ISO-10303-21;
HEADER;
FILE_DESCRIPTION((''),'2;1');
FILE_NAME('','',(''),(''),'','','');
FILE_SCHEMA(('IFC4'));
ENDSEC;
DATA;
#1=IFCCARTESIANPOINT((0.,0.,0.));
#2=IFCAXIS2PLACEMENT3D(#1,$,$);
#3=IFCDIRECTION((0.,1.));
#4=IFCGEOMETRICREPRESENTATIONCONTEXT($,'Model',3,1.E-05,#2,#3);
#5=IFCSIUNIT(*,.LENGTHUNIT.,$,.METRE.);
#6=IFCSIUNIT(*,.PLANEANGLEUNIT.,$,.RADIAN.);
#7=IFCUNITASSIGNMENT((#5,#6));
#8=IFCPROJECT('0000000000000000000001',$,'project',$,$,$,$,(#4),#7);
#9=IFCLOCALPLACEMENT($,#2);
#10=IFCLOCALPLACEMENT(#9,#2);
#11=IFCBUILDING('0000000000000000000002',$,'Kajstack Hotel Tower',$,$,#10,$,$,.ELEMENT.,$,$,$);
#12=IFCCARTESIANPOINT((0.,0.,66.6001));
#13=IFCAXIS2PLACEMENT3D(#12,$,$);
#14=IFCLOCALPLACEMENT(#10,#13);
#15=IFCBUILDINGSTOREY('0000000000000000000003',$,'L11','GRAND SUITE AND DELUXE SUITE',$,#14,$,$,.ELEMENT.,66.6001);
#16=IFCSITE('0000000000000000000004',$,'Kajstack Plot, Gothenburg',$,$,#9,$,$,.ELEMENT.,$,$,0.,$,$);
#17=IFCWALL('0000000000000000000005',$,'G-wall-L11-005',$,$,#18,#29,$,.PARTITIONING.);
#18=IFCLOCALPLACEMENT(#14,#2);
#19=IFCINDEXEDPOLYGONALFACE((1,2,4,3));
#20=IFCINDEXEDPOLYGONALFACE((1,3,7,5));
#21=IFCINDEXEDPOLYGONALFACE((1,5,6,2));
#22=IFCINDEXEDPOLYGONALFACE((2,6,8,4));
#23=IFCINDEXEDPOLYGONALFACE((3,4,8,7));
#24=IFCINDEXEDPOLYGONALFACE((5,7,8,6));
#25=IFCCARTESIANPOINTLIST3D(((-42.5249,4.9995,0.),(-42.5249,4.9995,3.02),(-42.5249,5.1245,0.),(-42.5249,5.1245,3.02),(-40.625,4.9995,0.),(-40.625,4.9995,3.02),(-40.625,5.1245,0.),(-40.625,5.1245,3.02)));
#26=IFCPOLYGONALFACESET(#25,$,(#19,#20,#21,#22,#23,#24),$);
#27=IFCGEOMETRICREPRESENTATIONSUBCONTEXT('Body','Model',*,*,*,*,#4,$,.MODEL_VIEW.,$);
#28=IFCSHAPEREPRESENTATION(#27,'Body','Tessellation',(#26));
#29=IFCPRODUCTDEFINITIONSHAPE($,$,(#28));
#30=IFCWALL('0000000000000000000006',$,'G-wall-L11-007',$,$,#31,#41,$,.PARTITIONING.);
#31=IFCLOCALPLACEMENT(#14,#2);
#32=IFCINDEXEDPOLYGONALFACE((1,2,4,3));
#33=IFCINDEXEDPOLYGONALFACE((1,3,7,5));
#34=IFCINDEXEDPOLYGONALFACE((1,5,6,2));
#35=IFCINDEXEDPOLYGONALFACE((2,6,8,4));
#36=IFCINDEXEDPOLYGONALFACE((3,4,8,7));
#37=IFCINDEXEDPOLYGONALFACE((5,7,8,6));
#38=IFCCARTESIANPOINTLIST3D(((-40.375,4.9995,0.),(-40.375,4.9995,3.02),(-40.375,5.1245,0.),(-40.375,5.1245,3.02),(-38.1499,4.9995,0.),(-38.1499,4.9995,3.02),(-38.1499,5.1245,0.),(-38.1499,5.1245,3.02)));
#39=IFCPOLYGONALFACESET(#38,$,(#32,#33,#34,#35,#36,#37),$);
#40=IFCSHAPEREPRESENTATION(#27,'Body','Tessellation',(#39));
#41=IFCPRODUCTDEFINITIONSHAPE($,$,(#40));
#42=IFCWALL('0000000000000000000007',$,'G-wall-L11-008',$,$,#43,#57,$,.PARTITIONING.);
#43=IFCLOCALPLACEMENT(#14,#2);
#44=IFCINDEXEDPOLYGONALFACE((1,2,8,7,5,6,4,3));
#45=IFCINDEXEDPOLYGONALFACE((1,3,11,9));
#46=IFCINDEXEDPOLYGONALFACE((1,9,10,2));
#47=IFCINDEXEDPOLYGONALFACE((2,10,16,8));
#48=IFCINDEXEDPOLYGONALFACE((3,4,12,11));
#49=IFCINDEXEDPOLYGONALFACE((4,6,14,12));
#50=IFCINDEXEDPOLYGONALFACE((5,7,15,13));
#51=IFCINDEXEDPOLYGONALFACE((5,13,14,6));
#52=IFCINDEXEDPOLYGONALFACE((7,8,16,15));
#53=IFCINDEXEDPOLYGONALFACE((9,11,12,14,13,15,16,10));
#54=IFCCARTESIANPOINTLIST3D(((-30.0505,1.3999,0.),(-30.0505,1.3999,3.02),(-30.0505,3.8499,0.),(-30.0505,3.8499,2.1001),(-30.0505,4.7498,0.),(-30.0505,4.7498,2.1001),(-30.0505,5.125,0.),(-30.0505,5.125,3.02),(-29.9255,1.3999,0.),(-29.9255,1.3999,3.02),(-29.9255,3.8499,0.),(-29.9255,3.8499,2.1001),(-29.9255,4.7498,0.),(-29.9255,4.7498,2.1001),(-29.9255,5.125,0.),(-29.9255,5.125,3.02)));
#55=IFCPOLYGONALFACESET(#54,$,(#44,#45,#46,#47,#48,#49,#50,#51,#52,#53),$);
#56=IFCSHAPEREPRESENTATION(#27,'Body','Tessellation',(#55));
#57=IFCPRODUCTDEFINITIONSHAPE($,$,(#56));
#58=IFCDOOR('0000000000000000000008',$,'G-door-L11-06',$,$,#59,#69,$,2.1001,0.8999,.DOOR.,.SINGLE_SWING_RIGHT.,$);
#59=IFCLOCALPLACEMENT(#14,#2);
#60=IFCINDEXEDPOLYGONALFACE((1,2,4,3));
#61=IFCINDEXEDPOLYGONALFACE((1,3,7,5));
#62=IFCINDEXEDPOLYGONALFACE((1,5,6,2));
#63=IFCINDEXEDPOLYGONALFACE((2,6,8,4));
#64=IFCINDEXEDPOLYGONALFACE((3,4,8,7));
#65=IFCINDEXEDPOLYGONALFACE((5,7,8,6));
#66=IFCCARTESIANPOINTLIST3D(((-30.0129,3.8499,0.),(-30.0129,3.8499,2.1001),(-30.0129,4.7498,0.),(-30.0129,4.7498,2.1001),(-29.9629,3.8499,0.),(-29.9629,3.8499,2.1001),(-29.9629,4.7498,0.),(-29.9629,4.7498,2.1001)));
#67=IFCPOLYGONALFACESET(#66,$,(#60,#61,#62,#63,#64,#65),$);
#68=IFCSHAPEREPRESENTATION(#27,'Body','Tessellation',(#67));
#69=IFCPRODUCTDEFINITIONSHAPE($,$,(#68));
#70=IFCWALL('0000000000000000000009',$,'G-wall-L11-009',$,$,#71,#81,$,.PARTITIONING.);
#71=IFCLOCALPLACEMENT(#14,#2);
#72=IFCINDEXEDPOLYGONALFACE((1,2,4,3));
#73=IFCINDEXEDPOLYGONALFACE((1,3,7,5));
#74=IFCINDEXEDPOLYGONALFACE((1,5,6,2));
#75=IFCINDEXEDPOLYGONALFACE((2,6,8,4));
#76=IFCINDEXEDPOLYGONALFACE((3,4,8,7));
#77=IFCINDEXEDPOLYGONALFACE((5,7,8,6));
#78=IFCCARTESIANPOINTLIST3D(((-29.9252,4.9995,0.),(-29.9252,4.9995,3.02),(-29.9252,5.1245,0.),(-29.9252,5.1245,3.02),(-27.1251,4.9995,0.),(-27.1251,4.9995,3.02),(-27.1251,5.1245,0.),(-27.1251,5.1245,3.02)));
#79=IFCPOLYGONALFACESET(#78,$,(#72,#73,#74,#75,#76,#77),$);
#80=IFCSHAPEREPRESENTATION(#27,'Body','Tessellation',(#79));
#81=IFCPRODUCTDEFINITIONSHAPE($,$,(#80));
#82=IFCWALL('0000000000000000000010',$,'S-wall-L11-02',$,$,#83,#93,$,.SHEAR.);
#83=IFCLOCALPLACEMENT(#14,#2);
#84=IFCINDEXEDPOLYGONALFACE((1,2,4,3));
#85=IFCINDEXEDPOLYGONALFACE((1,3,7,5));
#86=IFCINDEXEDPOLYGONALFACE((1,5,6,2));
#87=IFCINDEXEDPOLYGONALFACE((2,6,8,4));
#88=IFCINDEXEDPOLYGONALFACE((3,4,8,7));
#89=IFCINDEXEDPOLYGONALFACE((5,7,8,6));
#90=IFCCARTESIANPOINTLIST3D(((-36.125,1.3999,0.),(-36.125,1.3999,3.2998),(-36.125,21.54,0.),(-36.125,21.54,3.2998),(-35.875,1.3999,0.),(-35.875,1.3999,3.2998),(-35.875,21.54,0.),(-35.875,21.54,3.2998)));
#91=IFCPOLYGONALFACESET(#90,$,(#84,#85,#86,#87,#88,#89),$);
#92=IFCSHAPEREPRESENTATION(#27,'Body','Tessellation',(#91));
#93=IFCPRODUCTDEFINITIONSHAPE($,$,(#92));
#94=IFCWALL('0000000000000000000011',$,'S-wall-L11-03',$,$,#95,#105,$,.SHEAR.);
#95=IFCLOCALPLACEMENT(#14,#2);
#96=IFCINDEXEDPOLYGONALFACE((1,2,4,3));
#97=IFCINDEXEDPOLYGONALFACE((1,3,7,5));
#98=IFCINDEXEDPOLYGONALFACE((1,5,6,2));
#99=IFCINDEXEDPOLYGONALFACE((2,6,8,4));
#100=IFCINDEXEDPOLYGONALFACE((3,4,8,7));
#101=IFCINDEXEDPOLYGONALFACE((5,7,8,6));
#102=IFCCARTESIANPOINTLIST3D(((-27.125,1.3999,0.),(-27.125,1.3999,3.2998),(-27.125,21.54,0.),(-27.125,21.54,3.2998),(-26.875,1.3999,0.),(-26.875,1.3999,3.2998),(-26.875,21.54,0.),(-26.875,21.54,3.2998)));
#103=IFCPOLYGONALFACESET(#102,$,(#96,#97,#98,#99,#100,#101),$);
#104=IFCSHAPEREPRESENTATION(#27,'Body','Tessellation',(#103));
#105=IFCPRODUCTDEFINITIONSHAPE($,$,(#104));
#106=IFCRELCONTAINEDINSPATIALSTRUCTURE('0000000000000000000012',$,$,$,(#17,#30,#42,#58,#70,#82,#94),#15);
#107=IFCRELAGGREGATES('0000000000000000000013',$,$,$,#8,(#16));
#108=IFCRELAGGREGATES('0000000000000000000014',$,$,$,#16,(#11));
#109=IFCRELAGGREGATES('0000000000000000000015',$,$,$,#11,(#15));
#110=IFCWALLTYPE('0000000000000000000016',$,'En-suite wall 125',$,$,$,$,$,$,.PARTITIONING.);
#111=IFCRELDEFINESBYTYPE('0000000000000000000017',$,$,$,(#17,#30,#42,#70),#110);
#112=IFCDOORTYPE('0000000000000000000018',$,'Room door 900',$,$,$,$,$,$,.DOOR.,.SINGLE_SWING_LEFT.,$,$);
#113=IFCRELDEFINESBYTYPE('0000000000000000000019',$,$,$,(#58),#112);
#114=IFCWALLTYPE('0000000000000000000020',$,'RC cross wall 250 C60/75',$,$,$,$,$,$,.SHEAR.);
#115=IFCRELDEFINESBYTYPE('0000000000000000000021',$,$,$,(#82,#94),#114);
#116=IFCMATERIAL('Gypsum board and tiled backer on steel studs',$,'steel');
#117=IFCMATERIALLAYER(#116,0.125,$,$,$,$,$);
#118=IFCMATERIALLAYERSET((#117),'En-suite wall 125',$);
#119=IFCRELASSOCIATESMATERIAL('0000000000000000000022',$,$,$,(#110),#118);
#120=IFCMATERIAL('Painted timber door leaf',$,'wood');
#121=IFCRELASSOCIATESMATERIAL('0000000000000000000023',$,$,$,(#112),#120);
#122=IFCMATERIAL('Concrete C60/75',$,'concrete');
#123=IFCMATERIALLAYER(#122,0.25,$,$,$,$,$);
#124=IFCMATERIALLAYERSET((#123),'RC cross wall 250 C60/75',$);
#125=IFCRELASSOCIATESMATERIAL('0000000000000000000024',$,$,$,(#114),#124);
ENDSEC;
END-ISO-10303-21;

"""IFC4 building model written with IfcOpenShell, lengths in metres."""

from ifc_helpers import new_model, si_unit, direction, frame, frame_2d, origin, place, context, subcontext, project, spatial, rectangle, extrude, material, layer, layer_set, type_object, element, fill, save


model = new_model("IFC4")

# Units and contexts
model_context = context("Model", 3, precision=1e-05, world=origin(), true_north=direction((0.0, 1.0)))
body_context = subcontext(model_context, "Body", "Model", "MODEL_VIEW")
ifc_project = project(units=[si_unit("LENGTHUNIT", "METRE"), si_unit("PLANEANGLEUNIT", "RADIAN")], contexts=[model_context])

# Site, building, storey
site_placement = place(None, origin())
site = spatial("IfcSite", under=ifc_project, at=site_placement, Name="Kajstack Plot, Gothenburg", CompositionType="ELEMENT", RefElevation=0.0)
building_placement = place(site_placement, origin())
building = spatial("IfcBuilding", under=site, at=building_placement, Name="Kajstack Hotel Tower", CompositionType="ELEMENT")
storey_placement = place(building_placement, frame((0.0, 0.0, 66.6001)))
storey = spatial("IfcBuildingStorey", under=building, at=storey_placement, Name="L11", Description="GRAND SUITE AND DELUXE SUITE", CompositionType="ELEMENT", Elevation=66.6001)

# Walls
ifc_material_1 = material(Name="Gypsum board and tiled backer on steel studs", Category="steel")
ifc_layer_1 = layer(ifc_material_1, 0.125)
ifc_layer_set_1 = layer_set([ifc_layer_1], Name="En-suite wall 125")
wall_type_1 = type_object("IfcWallType", Name="En-suite wall 125", PredefinedType="PARTITIONING", material=ifc_layer_set_1)
wall_1_placement = place(storey_placement, frame((-42.5249, 5.062, 0.0), z_axis=(0.0, 0.0, 1.0), x_axis=(1.0, 0.0, 0.0)))
element("IfcWall", 1, at=wall_1_placement, inside=storey, type_object=wall_type_1, Name="G-wall-L11-005", PredefinedType="PARTITIONING", context=body_context, shape_type="SweptSolid", body=[
    extrude(rectangle(XDim=1.8999, YDim=0.125, at=frame_2d((0.95, 0.0))), origin(), (0.0, 0.0, 1.0), 3.02),
])
wall_2_placement = place(storey_placement, frame((-40.375, 5.062, 0.0), z_axis=(0.0, 0.0, 1.0), x_axis=(1.0, 0.0, 0.0)))
element("IfcWall", 2, at=wall_2_placement, inside=storey, type_object=wall_type_1, Name="G-wall-L11-007", PredefinedType="PARTITIONING", context=body_context, shape_type="SweptSolid", body=[
    extrude(rectangle(XDim=2.2251, YDim=0.125, at=frame_2d((1.1125, 0.0))), origin(), (0.0, 0.0, 1.0), 3.02),
])

# Wall, opening, door
wall_3_placement = place(storey_placement, frame((-29.988, 1.3999, 0.0), z_axis=(0.0, 0.0, 1.0), x_axis=(0.0, 1.0, 0.0)))
wall_3 = element("IfcWall", 3, at=wall_3_placement, inside=storey, type_object=wall_type_1, Name="G-wall-L11-008", PredefinedType="PARTITIONING", context=body_context, shape_type="SweptSolid", body=[
    extrude(rectangle(XDim=3.7251, YDim=0.125, at=frame_2d((1.8625, 0.0))), origin(), (0.0, 0.0, 1.0), 3.02),
])
opening_1_placement = place(wall_3_placement, frame((2.45, 0.0, 0.0)))
opening_1 = element("IfcOpeningElement", 4, at=opening_1_placement, cuts=wall_3, PredefinedType="OPENING", context=body_context, shape_type="SweptSolid", body=[
    extrude(rectangle(XDim=0.8999, YDim=2.1001, at=frame_2d((0.45, 1.05))), frame((0.0, 0.0725, 0.0), z_axis=(0.0, -1.0, 0.0), x_axis=(1.0, 0.0, 0.0)), (0.0, 0.0, 1.0), 0.145),
])
ifc_material_2 = material(Name="Painted timber door leaf", Category="wood")
door_type = type_object("IfcDoorType", Name="Room door 900", OperationType="SINGLE_SWING_LEFT", PredefinedType="DOOR", material=ifc_material_2)
door_placement = place(opening_1_placement, origin())
door = element("IfcDoor", 5, at=door_placement, inside=storey, type_object=door_type, Name="G-door-L11-06", OperationType="SINGLE_SWING_RIGHT", OverallHeight=2.1001, OverallWidth=0.8999, PredefinedType="DOOR", context=body_context, shape_type="SweptSolid", body=[
    extrude(rectangle(XDim=0.8999, YDim=2.1001, at=frame_2d((0.45, 1.05))), frame((0.0, 0.0249, 0.0), z_axis=(0.0, -1.0, 0.0), x_axis=(1.0, 0.0, 0.0)), (0.0, 0.0, 1.0), 0.05),
])
fill(opening_1, door)

# Walls
wall_4_placement = place(storey_placement, frame((-29.925, 5.062, 0.0), z_axis=(0.0, 0.0, 1.0), x_axis=(1.0, 0.0, 0.0)))
element("IfcWall", 6, at=wall_4_placement, inside=storey, type_object=wall_type_1, Name="G-wall-L11-009", PredefinedType="PARTITIONING", context=body_context, shape_type="SweptSolid", body=[
    extrude(rectangle(XDim=2.8, YDim=0.125, at=frame_2d((1.3999, 0.0))), origin(), (0.0, 0.0, 1.0), 3.02),
])
ifc_material_3 = material(Name="Concrete C60/75", Category="concrete")
ifc_layer_2 = layer(ifc_material_3, 0.25)
ifc_layer_set_2 = layer_set([ifc_layer_2], Name="RC cross wall 250 C60/75")
wall_type_2 = type_object("IfcWallType", Name="RC cross wall 250 C60/75", PredefinedType="SHEAR", material=ifc_layer_set_2)
for number, where, z_axis, x_axis, name in (
    (7, (-36.0, 1.3999, 0.0), (0.0, 0.0, 1.0), (0.0, 1.0, 0.0), "S-wall-L11-02"),
    (8, (-27.0, 1.3999, 0.0), (0.0, 0.0, 1.0), (0.0, 1.0, 0.0), "S-wall-L11-03"),
):
    element("IfcWall", number, at=place(storey_placement, frame(where, z_axis=z_axis, x_axis=x_axis)), inside=storey, type_object=wall_type_2, Name=name, PredefinedType="SHEAR", context=body_context, shape_type="SweptSolid", body=[
        extrude(rectangle(XDim=20.1401, YDim=0.25, at=frame_2d((10.0701, 0.0))), origin(), (0.0, 0.0, 1.0), 3.2998),
    ])

save(model, "model.ifc")
